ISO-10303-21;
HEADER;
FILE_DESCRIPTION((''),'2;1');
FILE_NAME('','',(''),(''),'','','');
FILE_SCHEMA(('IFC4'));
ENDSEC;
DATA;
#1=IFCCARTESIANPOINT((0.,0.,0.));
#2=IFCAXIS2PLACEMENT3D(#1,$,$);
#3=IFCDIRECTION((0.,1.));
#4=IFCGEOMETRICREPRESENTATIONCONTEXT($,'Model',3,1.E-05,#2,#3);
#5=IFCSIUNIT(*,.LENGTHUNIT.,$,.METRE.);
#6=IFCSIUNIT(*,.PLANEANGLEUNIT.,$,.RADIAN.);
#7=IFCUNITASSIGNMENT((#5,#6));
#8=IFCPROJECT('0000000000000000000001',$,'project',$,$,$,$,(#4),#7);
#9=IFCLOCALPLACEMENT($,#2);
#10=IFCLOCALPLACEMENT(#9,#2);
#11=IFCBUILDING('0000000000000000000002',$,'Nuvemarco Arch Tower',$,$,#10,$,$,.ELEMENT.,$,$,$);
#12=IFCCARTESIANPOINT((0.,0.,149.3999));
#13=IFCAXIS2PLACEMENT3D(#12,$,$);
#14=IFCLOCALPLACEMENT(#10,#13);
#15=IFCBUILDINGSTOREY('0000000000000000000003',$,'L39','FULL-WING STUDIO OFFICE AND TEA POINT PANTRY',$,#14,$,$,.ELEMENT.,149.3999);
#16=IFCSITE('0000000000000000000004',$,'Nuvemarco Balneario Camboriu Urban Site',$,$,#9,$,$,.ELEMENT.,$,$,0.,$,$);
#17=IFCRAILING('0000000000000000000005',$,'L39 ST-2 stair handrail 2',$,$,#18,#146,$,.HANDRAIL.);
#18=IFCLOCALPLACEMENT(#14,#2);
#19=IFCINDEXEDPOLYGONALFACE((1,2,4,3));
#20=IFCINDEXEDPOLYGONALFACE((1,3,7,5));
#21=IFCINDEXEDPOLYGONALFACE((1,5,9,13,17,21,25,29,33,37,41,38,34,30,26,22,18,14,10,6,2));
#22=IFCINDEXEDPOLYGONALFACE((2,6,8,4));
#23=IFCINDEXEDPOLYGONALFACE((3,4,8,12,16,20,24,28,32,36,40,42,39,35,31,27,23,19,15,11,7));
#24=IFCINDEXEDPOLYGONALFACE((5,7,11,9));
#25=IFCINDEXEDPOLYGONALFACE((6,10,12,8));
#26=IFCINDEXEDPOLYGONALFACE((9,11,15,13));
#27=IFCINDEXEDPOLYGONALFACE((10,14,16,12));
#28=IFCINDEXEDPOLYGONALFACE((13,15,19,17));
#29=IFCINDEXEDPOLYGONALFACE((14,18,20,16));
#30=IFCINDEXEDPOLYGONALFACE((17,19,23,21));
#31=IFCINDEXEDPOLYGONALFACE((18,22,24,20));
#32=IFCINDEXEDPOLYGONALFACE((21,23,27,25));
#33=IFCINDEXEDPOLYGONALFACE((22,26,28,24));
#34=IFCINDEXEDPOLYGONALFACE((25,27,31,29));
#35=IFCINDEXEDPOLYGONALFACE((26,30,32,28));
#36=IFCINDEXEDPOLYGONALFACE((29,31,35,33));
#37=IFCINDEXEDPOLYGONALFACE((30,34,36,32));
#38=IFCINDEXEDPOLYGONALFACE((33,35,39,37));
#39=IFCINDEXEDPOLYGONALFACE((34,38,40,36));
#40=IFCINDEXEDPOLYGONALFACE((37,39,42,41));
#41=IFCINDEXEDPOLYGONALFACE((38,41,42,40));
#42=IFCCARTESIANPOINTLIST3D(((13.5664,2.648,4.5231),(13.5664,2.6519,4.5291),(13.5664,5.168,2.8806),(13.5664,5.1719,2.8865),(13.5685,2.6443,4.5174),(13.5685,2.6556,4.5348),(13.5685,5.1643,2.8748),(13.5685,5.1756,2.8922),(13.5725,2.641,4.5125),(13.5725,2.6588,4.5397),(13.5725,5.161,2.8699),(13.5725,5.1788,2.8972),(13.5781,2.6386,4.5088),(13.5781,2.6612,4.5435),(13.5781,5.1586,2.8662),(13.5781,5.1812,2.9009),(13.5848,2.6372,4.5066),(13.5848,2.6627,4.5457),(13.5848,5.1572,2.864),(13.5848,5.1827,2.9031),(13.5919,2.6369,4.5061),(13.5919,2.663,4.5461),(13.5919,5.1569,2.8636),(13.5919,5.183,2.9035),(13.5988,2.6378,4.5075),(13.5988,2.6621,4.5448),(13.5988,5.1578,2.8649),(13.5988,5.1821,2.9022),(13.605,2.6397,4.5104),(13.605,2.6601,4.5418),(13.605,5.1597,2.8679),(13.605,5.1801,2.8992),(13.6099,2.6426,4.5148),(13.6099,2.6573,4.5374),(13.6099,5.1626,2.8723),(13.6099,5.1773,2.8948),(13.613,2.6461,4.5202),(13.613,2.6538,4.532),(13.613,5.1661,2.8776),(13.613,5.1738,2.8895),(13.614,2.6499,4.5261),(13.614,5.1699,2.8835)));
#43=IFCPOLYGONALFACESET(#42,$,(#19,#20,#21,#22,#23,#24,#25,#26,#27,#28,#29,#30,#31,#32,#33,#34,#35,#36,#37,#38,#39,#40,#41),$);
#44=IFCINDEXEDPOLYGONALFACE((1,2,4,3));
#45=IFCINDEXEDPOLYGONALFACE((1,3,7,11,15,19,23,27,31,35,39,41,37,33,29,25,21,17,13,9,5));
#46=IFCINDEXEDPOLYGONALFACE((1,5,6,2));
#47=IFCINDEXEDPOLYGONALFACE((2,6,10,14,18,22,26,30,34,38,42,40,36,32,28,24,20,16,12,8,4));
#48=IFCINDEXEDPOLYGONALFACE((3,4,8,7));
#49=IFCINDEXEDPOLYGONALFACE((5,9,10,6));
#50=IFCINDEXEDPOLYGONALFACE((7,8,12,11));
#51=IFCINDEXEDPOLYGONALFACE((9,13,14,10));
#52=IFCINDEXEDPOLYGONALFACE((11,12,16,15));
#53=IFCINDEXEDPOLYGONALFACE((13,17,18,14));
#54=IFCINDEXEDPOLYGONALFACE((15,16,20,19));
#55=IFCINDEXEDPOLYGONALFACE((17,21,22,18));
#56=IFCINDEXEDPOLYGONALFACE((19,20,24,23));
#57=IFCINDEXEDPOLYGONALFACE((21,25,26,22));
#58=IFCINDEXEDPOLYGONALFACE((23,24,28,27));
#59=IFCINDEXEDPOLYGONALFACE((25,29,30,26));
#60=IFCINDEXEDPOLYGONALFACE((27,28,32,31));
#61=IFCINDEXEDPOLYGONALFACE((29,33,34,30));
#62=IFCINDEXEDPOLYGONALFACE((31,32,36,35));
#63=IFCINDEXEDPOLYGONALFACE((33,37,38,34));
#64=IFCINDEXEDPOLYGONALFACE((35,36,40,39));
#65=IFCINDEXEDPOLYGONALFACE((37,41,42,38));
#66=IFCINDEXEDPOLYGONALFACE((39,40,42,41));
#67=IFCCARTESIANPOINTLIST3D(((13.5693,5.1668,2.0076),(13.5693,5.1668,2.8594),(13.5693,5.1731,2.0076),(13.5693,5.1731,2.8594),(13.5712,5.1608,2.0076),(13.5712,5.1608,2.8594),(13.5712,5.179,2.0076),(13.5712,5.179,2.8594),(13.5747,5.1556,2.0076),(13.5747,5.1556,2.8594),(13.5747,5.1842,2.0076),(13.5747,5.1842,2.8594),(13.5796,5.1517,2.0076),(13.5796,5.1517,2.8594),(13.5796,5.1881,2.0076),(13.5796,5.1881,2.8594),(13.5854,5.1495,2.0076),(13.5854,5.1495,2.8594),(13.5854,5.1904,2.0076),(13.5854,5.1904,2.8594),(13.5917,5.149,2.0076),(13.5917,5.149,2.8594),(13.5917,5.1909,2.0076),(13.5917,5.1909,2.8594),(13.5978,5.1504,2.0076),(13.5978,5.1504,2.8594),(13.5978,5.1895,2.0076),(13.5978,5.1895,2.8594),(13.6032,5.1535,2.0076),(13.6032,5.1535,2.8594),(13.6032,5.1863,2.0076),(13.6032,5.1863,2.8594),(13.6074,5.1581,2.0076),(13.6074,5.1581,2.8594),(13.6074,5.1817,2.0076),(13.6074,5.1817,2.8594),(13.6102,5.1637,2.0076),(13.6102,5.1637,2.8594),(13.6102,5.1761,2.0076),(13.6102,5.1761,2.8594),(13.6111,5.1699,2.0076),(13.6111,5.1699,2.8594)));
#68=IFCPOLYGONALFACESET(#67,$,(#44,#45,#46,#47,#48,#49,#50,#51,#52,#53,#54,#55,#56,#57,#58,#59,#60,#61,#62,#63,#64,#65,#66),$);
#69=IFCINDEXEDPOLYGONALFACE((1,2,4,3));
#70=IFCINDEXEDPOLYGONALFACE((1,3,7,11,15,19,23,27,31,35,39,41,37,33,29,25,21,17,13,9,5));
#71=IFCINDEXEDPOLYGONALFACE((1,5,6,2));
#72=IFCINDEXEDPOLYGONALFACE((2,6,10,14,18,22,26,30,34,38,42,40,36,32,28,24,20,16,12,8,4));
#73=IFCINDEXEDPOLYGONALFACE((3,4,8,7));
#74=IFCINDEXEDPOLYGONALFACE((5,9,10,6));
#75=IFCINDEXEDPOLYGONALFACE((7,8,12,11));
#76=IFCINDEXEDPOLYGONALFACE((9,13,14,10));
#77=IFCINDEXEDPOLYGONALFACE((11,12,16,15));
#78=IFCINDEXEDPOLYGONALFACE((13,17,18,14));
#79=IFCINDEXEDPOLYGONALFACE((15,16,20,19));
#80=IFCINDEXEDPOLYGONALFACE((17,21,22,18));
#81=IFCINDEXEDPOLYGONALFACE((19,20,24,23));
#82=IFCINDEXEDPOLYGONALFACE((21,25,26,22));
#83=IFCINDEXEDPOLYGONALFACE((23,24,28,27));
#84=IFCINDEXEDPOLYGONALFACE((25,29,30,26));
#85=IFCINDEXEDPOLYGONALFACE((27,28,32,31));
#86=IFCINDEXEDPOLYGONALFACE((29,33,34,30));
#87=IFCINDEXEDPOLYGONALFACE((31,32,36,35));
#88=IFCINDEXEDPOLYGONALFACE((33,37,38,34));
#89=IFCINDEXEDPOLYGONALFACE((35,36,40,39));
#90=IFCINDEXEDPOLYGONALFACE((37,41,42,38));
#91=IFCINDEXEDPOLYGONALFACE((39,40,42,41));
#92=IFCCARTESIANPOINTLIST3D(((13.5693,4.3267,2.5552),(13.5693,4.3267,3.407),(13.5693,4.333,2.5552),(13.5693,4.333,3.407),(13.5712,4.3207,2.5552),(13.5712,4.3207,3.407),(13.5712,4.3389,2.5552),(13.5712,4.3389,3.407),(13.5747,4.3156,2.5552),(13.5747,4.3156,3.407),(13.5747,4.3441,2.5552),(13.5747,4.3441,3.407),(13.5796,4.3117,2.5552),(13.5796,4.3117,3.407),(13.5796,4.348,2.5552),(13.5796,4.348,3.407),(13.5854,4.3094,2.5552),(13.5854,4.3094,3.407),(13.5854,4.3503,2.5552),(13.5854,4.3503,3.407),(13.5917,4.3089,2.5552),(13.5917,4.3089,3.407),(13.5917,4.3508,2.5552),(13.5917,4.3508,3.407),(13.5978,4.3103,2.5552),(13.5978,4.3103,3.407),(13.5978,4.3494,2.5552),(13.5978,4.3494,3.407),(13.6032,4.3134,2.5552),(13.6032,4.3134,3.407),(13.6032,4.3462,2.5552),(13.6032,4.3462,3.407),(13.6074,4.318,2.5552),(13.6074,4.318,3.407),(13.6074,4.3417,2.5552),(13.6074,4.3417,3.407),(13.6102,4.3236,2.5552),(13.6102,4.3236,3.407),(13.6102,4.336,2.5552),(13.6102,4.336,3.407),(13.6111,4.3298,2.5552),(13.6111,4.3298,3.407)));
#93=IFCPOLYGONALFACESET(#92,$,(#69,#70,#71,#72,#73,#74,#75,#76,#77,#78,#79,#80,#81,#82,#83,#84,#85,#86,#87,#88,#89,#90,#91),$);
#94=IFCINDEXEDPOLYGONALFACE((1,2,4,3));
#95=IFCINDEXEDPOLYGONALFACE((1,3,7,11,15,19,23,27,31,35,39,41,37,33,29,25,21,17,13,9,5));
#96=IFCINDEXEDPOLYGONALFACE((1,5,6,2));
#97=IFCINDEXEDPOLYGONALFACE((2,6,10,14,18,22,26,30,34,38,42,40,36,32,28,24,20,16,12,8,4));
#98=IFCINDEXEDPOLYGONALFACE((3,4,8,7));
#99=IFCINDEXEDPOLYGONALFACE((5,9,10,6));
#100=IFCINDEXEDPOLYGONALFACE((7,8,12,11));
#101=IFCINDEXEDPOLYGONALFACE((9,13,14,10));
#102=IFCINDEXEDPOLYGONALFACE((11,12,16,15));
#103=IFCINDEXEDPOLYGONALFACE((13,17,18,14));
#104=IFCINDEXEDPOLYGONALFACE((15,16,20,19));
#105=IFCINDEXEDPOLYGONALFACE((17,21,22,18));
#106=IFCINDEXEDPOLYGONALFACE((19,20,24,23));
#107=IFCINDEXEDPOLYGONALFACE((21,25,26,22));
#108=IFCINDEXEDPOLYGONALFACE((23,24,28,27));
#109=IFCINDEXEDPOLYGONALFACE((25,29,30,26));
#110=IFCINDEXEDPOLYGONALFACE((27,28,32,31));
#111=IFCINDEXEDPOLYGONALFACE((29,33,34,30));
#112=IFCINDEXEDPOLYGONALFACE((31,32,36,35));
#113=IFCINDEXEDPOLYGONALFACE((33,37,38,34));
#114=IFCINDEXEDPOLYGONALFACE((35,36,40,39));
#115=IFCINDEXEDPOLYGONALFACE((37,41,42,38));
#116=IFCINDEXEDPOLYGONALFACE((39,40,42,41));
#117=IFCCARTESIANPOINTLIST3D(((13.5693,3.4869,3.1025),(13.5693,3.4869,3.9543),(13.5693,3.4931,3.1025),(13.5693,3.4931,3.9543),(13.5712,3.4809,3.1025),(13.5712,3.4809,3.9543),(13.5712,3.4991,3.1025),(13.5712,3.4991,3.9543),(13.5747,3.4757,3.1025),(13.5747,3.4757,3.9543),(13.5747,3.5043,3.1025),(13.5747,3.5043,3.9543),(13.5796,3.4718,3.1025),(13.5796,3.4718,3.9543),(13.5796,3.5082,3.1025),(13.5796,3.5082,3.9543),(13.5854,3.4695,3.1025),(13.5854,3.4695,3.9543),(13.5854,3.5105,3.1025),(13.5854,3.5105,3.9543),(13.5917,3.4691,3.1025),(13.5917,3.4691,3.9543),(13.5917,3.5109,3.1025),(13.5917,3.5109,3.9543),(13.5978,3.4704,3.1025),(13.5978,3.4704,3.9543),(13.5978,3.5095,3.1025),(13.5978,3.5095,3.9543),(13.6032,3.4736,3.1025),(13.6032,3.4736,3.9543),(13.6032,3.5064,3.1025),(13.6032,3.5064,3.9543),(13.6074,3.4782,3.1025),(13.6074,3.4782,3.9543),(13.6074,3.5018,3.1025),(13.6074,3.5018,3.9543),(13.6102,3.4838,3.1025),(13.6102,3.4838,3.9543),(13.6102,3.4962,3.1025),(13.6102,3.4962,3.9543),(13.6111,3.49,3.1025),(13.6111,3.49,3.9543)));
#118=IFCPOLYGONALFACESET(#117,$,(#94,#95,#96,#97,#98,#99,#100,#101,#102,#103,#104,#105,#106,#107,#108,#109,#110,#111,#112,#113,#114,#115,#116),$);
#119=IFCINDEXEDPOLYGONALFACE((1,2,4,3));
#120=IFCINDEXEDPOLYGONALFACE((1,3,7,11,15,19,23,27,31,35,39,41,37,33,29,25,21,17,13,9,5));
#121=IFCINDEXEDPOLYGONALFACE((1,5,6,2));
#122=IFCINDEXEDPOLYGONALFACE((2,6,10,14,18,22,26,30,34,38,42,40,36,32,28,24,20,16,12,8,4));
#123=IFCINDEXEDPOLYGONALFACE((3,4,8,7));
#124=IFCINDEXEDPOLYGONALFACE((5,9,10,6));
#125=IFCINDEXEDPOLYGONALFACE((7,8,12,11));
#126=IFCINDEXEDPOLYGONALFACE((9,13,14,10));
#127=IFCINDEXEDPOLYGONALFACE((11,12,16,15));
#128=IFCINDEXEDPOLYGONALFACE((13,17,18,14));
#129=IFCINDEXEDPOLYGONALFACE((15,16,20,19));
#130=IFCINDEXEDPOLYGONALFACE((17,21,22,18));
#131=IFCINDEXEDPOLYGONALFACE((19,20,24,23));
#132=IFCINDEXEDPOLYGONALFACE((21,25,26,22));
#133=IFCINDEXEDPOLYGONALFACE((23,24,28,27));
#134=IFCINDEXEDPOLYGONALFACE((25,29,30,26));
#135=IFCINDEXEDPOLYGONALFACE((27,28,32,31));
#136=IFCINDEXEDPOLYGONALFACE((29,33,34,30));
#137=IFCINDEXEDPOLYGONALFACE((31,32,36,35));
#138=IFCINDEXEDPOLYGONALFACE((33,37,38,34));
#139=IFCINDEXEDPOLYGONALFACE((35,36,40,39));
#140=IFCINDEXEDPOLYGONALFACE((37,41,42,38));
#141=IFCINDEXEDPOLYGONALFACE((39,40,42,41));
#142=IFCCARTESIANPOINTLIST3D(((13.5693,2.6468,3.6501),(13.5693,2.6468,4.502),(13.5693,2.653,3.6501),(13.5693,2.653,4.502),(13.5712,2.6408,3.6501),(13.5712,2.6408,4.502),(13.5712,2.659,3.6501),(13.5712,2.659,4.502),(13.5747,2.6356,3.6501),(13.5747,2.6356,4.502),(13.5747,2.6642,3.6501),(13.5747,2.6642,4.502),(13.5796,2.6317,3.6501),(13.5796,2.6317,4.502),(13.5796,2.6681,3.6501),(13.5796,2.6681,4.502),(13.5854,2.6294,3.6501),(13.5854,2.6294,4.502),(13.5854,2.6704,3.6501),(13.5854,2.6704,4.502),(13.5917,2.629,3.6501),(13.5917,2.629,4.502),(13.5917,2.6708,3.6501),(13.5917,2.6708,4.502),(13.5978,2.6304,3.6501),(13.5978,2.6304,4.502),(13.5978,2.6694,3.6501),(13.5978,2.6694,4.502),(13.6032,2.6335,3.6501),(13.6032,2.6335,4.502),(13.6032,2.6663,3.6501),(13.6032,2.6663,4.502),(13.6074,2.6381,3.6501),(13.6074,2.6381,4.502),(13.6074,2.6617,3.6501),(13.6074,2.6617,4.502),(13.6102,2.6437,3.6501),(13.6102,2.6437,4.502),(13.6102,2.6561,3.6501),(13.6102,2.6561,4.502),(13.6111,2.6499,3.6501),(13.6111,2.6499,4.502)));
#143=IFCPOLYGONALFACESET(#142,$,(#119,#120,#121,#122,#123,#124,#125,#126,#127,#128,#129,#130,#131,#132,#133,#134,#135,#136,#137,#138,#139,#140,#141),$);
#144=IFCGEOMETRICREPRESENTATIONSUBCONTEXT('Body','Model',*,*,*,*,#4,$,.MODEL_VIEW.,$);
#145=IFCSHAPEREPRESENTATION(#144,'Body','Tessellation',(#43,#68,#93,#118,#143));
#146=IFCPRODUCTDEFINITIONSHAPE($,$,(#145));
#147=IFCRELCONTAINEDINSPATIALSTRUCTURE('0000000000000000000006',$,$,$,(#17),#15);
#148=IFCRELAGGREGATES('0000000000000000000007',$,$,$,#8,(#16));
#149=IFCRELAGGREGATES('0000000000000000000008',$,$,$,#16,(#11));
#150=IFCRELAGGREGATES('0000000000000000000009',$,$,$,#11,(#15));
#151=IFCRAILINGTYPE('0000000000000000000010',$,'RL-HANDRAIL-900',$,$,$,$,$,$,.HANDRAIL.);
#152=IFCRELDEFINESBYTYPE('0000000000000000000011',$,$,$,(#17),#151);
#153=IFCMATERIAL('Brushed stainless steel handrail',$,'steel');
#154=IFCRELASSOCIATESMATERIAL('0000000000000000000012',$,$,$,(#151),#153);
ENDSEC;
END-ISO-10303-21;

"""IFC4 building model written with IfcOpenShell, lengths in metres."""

from ifc_helpers import new_model, si_unit, direction, frame, origin, origin_2d, place, context, subcontext, project, spatial, circle, extrude, material, type_object, element, save


model = new_model("IFC4")

# Units and contexts
model_context = context("Model", 3, precision=1e-05, world=origin(), true_north=direction((0.0, 1.0)))
body_context = subcontext(model_context, "Body", "Model", "MODEL_VIEW")
ifc_project = project(units=[si_unit("LENGTHUNIT", "METRE"), si_unit("PLANEANGLEUNIT", "RADIAN")], contexts=[model_context])

# Site, building, storey
site_placement = place(None, origin())
site = spatial("IfcSite", under=ifc_project, at=site_placement, Name="Nuvemarco Balneario Camboriu Urban Site", CompositionType="ELEMENT", RefElevation=0.0)
building_placement = place(site_placement, origin())
building = spatial("IfcBuilding", under=site, at=building_placement, Name="Nuvemarco Arch Tower", CompositionType="ELEMENT")
storey_placement = place(building_placement, frame((0.0, 0.0, 149.3999)))
storey = spatial("IfcBuildingStorey", under=building, at=storey_placement, Name="L39", Description="FULL-WING STUDIO OFFICE AND TEA POINT PANTRY", CompositionType="ELEMENT", Elevation=149.3999)

# Railing
ifc_material_1 = material(Name="Brushed stainless steel handrail", Category="steel")
railing_type_1 = type_object("IfcRailingType", Name="RL-HANDRAIL-900", PredefinedType="HANDRAIL", material=ifc_material_1)
railing_1_placement = place(storey_placement, frame((13.5901, 5.1699, 2.0076)))
element("IfcRailing", 1, at=railing_1_placement, inside=storey, type_object=railing_type_1, Name="L39 ST-2 stair handrail 2", PredefinedType="HANDRAIL", context=body_context, shape_type="SweptSolid", body=[
    extrude(circle(Radius=0.0239, at=origin_2d()), frame((0.0, 0.0, 0.876), z_axis=(0.0, -0.837749, 0.546055), x_axis=(1.0, 0.0, 0.0)), (0.0, 0.0, 1.0), 3.0081),
    extrude(circle(Radius=0.021, at=origin_2d()), origin(), (0.0, 0.0, 1.0), 0.8518),
    extrude(circle(Radius=0.021, at=origin_2d()), frame((0.0, -0.8401, 0.5476)), (0.0, 0.0, 1.0), 0.8518),
    extrude(circle(Radius=0.021, at=origin_2d()), frame((0.0, -1.6799, 1.095)), (0.0, 0.0, 1.0), 0.8518),
    extrude(circle(Radius=0.021, at=origin_2d()), frame((0.0, -2.52, 1.6426)), (0.0, 0.0, 1.0), 0.8518),
])

save(model, "model.ifc")
